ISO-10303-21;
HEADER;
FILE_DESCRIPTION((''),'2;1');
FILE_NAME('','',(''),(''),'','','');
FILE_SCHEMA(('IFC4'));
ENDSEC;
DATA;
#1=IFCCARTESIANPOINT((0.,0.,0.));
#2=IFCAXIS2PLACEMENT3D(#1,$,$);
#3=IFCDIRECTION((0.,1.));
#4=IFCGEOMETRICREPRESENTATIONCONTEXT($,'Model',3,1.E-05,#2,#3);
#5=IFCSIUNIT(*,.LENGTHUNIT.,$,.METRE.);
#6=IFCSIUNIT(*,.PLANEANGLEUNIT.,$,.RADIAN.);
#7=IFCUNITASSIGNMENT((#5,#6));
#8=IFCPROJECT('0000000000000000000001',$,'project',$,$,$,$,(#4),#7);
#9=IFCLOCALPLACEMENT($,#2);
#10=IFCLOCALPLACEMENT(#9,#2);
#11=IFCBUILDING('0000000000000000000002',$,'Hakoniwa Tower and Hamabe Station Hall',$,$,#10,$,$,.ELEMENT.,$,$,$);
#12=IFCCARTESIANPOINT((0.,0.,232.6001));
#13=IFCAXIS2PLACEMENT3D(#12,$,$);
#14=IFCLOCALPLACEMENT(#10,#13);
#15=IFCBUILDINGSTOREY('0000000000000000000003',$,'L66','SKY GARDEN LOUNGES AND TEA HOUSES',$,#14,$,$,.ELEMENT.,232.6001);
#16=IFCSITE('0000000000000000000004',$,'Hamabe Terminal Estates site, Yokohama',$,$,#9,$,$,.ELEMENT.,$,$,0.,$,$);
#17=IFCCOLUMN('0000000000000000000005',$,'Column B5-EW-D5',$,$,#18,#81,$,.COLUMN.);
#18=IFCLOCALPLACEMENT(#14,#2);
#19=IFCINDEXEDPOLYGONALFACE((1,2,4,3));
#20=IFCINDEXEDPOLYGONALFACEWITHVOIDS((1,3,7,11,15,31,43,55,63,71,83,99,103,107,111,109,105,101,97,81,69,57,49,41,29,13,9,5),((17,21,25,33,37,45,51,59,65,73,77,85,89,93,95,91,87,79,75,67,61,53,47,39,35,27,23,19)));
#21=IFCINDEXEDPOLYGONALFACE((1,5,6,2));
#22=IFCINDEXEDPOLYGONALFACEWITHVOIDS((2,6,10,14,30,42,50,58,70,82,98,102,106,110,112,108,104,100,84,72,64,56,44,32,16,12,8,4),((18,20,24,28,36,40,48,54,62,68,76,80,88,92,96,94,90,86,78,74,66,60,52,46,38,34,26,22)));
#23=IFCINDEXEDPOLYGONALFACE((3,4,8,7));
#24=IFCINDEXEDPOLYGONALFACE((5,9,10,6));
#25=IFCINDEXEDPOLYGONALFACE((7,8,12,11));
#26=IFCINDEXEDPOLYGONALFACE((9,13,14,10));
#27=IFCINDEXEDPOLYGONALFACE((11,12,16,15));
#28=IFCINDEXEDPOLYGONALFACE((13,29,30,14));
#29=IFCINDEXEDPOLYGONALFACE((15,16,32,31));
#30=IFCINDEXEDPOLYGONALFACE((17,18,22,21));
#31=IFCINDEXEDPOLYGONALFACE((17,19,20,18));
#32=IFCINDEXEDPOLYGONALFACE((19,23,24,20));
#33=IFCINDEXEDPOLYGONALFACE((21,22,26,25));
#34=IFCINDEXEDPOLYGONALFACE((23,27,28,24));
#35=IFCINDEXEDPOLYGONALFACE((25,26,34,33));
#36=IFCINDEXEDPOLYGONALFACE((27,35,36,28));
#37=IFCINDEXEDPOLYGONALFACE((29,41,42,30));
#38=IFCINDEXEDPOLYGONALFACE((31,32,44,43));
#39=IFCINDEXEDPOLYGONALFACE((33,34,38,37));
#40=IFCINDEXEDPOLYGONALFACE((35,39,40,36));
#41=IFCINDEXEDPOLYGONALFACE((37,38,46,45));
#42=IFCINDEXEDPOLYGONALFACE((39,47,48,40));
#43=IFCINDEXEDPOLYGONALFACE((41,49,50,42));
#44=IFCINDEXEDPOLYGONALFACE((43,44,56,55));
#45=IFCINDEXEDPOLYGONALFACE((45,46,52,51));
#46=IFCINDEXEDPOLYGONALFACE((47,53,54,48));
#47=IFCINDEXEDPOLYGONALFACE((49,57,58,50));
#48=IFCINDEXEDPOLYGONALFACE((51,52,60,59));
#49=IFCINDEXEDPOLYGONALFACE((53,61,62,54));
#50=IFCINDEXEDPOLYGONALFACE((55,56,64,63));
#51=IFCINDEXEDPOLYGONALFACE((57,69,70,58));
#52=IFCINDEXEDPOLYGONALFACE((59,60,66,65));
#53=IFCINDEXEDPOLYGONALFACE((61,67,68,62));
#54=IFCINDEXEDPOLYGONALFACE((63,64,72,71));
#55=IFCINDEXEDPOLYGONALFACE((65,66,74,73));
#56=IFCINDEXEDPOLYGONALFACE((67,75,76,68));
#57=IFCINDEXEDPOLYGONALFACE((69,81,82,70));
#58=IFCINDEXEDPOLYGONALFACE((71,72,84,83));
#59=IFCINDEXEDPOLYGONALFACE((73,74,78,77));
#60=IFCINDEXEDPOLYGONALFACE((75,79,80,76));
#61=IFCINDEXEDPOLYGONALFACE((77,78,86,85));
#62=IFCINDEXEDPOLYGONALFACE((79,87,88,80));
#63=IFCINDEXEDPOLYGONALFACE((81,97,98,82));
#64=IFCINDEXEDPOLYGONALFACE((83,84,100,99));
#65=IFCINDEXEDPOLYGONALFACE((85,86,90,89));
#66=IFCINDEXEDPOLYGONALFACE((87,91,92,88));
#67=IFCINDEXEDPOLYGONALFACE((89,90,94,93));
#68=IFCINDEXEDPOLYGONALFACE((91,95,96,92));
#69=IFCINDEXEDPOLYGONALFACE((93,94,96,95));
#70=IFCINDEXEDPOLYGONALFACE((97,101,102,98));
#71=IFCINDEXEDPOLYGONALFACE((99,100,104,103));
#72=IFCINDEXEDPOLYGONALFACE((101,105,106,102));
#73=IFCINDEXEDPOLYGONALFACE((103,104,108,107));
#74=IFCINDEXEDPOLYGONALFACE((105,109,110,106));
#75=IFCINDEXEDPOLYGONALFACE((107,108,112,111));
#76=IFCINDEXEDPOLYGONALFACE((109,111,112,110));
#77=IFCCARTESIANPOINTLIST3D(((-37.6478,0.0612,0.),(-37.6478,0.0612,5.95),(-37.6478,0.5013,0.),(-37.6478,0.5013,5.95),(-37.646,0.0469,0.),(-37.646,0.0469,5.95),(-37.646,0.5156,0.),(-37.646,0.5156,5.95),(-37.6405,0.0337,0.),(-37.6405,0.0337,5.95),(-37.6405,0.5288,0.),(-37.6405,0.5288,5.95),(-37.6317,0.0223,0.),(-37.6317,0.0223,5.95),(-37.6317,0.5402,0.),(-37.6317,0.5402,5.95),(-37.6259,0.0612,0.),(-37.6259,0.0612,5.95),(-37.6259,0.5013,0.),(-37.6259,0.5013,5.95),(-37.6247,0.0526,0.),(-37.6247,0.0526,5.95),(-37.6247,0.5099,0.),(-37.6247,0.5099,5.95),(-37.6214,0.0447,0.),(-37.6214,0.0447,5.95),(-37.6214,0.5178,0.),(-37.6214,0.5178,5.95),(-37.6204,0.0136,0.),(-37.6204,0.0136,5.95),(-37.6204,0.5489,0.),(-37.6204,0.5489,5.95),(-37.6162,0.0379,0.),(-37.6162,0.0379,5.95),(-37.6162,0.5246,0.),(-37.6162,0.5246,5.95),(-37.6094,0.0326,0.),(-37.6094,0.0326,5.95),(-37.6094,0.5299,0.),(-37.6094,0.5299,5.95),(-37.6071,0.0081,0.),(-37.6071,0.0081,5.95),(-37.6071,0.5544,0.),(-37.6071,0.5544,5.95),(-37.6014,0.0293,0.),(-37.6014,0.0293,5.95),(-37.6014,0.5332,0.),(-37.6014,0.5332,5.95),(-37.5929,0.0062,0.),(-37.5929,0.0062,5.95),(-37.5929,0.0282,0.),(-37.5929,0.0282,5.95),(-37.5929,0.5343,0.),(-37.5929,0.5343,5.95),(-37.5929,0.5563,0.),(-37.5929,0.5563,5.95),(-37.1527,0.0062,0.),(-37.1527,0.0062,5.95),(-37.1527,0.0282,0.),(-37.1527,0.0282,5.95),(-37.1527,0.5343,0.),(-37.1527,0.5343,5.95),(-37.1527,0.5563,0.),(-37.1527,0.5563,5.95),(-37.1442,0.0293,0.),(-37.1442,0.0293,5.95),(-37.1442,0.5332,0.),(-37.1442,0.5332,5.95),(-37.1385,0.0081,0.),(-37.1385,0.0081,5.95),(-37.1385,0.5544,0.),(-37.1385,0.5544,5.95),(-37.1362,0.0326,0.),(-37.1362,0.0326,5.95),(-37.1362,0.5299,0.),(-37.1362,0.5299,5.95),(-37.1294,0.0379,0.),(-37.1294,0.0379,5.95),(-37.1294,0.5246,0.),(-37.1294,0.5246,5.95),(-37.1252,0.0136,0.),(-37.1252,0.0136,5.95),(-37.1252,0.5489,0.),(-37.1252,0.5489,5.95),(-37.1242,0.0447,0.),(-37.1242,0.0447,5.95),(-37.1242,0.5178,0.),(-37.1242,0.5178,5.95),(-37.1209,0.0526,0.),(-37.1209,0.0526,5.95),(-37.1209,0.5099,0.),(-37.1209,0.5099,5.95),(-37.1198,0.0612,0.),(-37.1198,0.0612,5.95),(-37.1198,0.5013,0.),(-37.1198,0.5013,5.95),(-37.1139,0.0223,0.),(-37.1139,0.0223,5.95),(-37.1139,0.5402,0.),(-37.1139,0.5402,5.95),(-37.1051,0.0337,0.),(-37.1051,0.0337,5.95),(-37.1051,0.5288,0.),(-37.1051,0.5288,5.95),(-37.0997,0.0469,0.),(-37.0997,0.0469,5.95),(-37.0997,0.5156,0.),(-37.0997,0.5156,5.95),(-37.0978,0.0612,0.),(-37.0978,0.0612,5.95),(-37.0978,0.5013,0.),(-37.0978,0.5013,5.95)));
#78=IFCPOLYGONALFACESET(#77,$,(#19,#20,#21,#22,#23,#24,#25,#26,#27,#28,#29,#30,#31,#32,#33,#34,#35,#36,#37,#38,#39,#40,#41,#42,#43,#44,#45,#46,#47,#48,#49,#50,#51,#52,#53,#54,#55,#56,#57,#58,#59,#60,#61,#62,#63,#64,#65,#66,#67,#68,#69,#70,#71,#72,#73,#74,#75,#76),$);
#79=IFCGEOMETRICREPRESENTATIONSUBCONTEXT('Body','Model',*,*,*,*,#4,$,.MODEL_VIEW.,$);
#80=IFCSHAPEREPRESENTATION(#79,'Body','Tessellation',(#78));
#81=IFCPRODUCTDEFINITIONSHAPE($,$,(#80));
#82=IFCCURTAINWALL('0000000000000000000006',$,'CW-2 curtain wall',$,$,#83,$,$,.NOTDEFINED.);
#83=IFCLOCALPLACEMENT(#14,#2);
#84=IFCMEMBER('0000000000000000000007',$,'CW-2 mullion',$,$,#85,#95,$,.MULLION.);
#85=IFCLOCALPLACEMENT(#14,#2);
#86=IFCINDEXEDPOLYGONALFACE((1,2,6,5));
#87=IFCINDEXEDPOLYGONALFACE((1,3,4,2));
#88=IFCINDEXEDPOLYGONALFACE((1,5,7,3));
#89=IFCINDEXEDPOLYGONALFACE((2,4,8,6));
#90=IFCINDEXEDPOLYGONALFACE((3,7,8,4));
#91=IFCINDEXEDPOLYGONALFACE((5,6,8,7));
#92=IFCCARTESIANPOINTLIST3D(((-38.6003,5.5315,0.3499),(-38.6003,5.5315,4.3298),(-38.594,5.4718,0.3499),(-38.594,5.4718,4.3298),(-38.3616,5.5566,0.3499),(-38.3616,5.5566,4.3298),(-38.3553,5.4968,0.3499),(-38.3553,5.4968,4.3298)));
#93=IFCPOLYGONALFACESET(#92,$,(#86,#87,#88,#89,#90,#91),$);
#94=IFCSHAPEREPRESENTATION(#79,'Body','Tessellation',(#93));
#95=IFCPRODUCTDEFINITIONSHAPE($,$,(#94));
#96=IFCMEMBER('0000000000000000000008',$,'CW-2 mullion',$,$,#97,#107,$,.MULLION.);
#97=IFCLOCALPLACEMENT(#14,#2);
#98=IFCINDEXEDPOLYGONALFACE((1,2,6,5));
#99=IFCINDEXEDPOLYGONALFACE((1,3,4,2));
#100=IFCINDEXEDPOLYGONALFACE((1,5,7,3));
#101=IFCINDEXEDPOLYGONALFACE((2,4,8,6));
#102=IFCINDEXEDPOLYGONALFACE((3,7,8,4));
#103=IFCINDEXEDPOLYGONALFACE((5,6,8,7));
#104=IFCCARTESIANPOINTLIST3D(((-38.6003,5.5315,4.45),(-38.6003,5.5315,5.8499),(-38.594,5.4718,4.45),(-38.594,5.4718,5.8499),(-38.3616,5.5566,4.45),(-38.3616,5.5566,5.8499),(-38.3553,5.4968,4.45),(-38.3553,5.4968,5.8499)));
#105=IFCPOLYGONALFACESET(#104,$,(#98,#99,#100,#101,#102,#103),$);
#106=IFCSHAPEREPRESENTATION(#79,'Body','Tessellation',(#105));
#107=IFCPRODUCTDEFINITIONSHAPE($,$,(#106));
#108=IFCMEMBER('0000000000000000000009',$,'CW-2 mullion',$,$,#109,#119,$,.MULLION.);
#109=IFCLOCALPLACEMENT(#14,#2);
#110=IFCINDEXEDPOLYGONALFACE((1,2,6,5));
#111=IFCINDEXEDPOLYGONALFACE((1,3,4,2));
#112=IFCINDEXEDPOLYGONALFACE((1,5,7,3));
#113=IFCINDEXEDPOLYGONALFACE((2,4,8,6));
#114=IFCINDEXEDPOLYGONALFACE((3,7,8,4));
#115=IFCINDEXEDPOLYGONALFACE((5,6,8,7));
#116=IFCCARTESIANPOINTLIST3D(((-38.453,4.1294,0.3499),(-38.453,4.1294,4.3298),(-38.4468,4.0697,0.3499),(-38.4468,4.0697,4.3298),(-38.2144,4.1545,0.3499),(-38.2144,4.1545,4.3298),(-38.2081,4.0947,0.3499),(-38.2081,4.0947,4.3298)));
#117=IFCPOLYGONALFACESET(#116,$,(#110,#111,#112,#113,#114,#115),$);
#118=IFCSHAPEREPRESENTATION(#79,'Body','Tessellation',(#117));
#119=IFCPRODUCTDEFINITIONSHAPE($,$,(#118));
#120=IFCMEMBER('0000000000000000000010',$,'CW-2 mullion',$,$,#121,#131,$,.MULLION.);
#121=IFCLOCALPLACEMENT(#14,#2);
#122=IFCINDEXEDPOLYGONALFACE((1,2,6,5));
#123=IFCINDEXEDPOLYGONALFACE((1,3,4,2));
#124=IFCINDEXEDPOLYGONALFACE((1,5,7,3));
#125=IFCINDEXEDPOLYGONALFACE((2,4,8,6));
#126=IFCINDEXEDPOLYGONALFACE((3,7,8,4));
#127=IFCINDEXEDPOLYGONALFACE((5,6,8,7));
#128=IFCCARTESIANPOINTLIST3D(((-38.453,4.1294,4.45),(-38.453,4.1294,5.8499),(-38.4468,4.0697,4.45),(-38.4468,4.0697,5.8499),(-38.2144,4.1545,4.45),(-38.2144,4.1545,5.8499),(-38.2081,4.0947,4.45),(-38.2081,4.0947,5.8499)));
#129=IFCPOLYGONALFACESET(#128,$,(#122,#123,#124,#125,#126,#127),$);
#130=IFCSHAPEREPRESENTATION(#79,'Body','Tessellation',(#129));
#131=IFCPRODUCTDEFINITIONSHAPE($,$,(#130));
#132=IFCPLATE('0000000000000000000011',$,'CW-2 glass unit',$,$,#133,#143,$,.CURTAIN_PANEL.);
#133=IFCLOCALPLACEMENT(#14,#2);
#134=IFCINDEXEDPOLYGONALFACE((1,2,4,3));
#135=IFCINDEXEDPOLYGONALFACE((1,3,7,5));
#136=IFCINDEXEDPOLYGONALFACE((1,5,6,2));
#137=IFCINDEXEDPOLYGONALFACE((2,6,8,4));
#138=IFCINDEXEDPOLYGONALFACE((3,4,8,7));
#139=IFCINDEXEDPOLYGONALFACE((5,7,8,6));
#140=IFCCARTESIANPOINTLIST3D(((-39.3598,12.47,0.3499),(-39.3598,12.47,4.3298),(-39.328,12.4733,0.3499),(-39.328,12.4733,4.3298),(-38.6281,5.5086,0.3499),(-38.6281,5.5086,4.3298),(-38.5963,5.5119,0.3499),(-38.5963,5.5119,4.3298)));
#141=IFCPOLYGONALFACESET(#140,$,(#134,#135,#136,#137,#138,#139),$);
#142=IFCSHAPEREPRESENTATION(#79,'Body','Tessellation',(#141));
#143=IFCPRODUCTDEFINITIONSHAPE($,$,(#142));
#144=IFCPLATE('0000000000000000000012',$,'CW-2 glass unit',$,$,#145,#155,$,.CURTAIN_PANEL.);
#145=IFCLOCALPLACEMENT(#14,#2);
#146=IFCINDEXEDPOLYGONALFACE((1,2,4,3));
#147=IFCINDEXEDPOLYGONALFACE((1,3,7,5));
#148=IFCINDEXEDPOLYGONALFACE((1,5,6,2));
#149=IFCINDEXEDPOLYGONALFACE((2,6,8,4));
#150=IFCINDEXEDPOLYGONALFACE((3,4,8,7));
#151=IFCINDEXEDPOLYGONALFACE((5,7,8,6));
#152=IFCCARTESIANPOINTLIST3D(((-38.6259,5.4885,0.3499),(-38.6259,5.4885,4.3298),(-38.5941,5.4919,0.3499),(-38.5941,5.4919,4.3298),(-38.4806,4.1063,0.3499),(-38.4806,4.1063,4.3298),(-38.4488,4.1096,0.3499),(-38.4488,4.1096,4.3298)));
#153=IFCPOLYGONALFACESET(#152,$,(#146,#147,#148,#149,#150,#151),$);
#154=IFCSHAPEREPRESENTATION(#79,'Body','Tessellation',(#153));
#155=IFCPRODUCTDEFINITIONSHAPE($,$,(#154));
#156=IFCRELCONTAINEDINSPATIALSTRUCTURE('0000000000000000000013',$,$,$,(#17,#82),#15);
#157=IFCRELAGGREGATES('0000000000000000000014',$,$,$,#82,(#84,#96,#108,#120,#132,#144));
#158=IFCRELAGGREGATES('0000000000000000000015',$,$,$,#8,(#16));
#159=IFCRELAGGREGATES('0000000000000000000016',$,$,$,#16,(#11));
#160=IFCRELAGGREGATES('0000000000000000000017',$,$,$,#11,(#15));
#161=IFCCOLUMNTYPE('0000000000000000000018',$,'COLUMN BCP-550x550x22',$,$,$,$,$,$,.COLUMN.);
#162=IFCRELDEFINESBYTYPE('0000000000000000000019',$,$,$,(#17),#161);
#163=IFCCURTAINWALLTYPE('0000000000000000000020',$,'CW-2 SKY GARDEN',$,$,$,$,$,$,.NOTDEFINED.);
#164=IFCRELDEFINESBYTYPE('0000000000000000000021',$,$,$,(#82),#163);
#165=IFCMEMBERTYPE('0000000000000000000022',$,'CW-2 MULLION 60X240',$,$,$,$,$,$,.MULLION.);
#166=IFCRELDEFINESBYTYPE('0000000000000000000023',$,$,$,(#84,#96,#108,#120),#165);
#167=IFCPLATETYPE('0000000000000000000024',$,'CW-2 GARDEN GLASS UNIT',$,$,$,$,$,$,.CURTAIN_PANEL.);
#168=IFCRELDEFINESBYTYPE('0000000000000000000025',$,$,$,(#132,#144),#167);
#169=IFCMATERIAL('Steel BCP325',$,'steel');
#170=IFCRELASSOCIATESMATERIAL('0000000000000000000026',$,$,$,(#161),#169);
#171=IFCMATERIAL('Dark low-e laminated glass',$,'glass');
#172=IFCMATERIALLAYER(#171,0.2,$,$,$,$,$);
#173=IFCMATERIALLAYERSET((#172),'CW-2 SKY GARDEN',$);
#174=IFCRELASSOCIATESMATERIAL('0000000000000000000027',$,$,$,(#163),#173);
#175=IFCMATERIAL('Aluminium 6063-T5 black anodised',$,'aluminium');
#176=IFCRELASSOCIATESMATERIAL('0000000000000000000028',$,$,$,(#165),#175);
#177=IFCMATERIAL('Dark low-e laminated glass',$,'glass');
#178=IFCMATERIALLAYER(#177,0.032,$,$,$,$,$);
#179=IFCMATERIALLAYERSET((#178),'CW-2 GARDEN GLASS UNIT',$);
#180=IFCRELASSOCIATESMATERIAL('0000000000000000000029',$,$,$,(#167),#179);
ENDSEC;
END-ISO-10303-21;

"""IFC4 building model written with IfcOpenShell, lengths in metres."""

from ifc_helpers import new_model, si_unit, direction, frame, origin, origin_2d, place, context, subcontext, project, spatial, rectangle, hollow_rectangle, extrude, material, layer, layer_set, material_profile, profile_set, type_object, element, aggregate, save


model = new_model("IFC4")

# Units and contexts
model_context = context("Model", 3, precision=1e-05, world=origin(), true_north=direction((0.0, 1.0)))
body_context = subcontext(model_context, "Body", "Model", "MODEL_VIEW")
ifc_project = project(units=[si_unit("LENGTHUNIT", "METRE"), si_unit("PLANEANGLEUNIT", "RADIAN")], contexts=[model_context])

# Site, building, storey
site_placement = place(None, origin())
site = spatial("IfcSite", under=ifc_project, at=site_placement, Name="Hamabe Terminal Estates site, Yokohama", CompositionType="ELEMENT", RefElevation=0.0)
building_placement = place(site_placement, origin())
building = spatial("IfcBuilding", under=site, at=building_placement, Name="Hakoniwa Tower and Hamabe Station Hall", CompositionType="ELEMENT")
storey_placement = place(building_placement, frame((0.0, 0.0, 232.6001)))
storey = spatial("IfcBuildingStorey", under=building, at=storey_placement, Name="L66", Description="SKY GARDEN LOUNGES AND TEA HOUSES", CompositionType="ELEMENT", Elevation=232.6001)

# Column
ifc_material_1 = material(Name="Steel BCP325", Category="steel")
ifc_material_profile_1 = material_profile(ifc_material_1, hollow_rectangle(XDim=0.55, YDim=0.55, WallThickness=0.022, InnerFilletRadius=0.033, OuterFilletRadius=0.0549, at=origin_2d()), Name="BCP-550x550x22")
ifc_profile_set_1 = profile_set([ifc_material_profile_1], Name="Steel BCP325")
column_type = type_object("IfcColumnType", Name="COLUMN BCP-550x550x22", PredefinedType="COLUMN", material=ifc_profile_set_1)
column_placement = place(storey_placement, frame((-37.3728, 0.2812, 0.0), z_axis=(0.0, 0.0, 1.0), x_axis=(1.0, 0.0, 0.0)))
element("IfcColumn", 1, at=column_placement, inside=storey, type_object=column_type, Name="Column B5-EW-D5", PredefinedType="COLUMN", context=body_context, shape_type="SweptSolid", body=[
    extrude(hollow_rectangle(XDim=0.55, YDim=0.55, WallThickness=0.022, InnerFilletRadius=0.033, OuterFilletRadius=0.0549, at=origin_2d()), origin(), (0.0, 0.0, 1.0), 5.95),
])

# Curtain wall, members, plates
ifc_material_2 = material(Name="Dark low-e laminated glass", Category="glass")
ifc_layer_1 = layer(ifc_material_2, 0.2)
ifc_layer_set_1 = layer_set([ifc_layer_1], Name="CW-2 SKY GARDEN")
curtain_wall_type = type_object("IfcCurtainWallType", Name="CW-2 SKY GARDEN", PredefinedType="NOTDEFINED", material=ifc_layer_set_1)
curtain_wall_placement = place(storey_placement, origin())
curtain_wall = element("IfcCurtainWall", 2, at=curtain_wall_placement, inside=storey, type_object=curtain_wall_type, Name="CW-2 curtain wall", PredefinedType="NOTDEFINED")
ifc_material_3 = material(Name="Aluminium 6063-T5 black anodised", Category="aluminium")
ifc_material_profile_2 = material_profile(ifc_material_3, rectangle(XDim=0.0601, YDim=0.24, at=origin_2d()), Name="CW-2 MULLION 60X240")
ifc_profile_set_2 = profile_set([ifc_material_profile_2], Name="Aluminium 6063-T5 black anodised")
member_type = type_object("IfcMemberType", Name="CW-2 MULLION 60X240", PredefinedType="MULLION", material=ifc_profile_set_2)
member_1_placement = place(storey_placement, frame((-38.4778, 5.5142, 0.3499), z_axis=(0.0, 0.0, 1.0), x_axis=(0.104528, -0.994522, 0.0)))
member_1 = element("IfcMember", 3, at=member_1_placement, type_object=member_type, Name="CW-2 mullion", PredefinedType="MULLION", context=body_context, shape_type="SweptSolid", body=[
    extrude(rectangle(XDim=0.0601, YDim=0.24, at=origin_2d()), origin(), (0.0, 0.0, 1.0), 3.98),
])
member_2_placement = place(storey_placement, frame((-38.4778, 5.5142, 4.45), z_axis=(0.0, 0.0, 1.0), x_axis=(0.104528, -0.994522, 0.0)))
member_2 = element("IfcMember", 4, at=member_2_placement, type_object=member_type, Name="CW-2 mullion", PredefinedType="MULLION", context=body_context, shape_type="SweptSolid", body=[
    extrude(rectangle(XDim=0.0601, YDim=0.24, at=origin_2d()), origin(), (0.0, 0.0, 1.0), 1.3999),
])
member_3_placement = place(storey_placement, frame((-38.3306, 4.1121, 0.3499), z_axis=(0.0, 0.0, 1.0), x_axis=(0.104528, -0.994522, 0.0)))
member_3 = element("IfcMember", 5, at=member_3_placement, type_object=member_type, Name="CW-2 mullion", PredefinedType="MULLION", context=body_context, shape_type="SweptSolid", body=[
    extrude(rectangle(XDim=0.0601, YDim=0.24, at=origin_2d()), origin(), (0.0, 0.0, 1.0), 3.98),
])
member_4_placement = place(storey_placement, frame((-38.3306, 4.1121, 4.45), z_axis=(0.0, 0.0, 1.0), x_axis=(0.104528, -0.994522, 0.0)))
member_4 = element("IfcMember", 6, at=member_4_placement, type_object=member_type, Name="CW-2 mullion", PredefinedType="MULLION", context=body_context, shape_type="SweptSolid", body=[
    extrude(rectangle(XDim=0.0601, YDim=0.24, at=origin_2d()), origin(), (0.0, 0.0, 1.0), 1.3999),
])
ifc_material_4 = material(Name="Dark low-e laminated glass", Category="glass")
ifc_layer_2 = layer(ifc_material_4, 0.032)
ifc_layer_set_2 = layer_set([ifc_layer_2], Name="CW-2 GARDEN GLASS UNIT")
plate_type = type_object("IfcPlateType", Name="CW-2 GARDEN GLASS UNIT", PredefinedType="CURTAIN_PANEL", material=ifc_layer_set_2)
plate_1_placement = place(storey_placement, frame((-38.978, 8.991, 0.3499), z_axis=(0.0, 0.0, 1.0), x_axis=(0.104528, -0.994522, 0.0)))
plate_1 = element("IfcPlate", 7, at=plate_1_placement, type_object=plate_type, Name="CW-2 glass unit", PredefinedType="CURTAIN_PANEL", context=body_context, shape_type="SweptSolid", body=[
    extrude(rectangle(XDim=6.9998, YDim=0.032, at=origin_2d()), origin(), (0.0, 0.0, 1.0), 3.98),
])
plate_2_placement = place(storey_placement, frame((-38.5374, 4.7991, 0.3499), z_axis=(0.0, 0.0, 1.0), x_axis=(0.104528, -0.994522, 0.0)))
plate_2 = element("IfcPlate", 8, at=plate_2_placement, type_object=plate_type, Name="CW-2 glass unit", PredefinedType="CURTAIN_PANEL", context=body_context, shape_type="SweptSolid", body=[
    extrude(rectangle(XDim=1.3899, YDim=0.032, at=origin_2d()), origin(), (0.0, 0.0, 1.0), 3.98),
])

aggregate(curtain_wall, [member_1, member_2, member_3, member_4, plate_1, plate_2])

save(model, "model.ifc")
